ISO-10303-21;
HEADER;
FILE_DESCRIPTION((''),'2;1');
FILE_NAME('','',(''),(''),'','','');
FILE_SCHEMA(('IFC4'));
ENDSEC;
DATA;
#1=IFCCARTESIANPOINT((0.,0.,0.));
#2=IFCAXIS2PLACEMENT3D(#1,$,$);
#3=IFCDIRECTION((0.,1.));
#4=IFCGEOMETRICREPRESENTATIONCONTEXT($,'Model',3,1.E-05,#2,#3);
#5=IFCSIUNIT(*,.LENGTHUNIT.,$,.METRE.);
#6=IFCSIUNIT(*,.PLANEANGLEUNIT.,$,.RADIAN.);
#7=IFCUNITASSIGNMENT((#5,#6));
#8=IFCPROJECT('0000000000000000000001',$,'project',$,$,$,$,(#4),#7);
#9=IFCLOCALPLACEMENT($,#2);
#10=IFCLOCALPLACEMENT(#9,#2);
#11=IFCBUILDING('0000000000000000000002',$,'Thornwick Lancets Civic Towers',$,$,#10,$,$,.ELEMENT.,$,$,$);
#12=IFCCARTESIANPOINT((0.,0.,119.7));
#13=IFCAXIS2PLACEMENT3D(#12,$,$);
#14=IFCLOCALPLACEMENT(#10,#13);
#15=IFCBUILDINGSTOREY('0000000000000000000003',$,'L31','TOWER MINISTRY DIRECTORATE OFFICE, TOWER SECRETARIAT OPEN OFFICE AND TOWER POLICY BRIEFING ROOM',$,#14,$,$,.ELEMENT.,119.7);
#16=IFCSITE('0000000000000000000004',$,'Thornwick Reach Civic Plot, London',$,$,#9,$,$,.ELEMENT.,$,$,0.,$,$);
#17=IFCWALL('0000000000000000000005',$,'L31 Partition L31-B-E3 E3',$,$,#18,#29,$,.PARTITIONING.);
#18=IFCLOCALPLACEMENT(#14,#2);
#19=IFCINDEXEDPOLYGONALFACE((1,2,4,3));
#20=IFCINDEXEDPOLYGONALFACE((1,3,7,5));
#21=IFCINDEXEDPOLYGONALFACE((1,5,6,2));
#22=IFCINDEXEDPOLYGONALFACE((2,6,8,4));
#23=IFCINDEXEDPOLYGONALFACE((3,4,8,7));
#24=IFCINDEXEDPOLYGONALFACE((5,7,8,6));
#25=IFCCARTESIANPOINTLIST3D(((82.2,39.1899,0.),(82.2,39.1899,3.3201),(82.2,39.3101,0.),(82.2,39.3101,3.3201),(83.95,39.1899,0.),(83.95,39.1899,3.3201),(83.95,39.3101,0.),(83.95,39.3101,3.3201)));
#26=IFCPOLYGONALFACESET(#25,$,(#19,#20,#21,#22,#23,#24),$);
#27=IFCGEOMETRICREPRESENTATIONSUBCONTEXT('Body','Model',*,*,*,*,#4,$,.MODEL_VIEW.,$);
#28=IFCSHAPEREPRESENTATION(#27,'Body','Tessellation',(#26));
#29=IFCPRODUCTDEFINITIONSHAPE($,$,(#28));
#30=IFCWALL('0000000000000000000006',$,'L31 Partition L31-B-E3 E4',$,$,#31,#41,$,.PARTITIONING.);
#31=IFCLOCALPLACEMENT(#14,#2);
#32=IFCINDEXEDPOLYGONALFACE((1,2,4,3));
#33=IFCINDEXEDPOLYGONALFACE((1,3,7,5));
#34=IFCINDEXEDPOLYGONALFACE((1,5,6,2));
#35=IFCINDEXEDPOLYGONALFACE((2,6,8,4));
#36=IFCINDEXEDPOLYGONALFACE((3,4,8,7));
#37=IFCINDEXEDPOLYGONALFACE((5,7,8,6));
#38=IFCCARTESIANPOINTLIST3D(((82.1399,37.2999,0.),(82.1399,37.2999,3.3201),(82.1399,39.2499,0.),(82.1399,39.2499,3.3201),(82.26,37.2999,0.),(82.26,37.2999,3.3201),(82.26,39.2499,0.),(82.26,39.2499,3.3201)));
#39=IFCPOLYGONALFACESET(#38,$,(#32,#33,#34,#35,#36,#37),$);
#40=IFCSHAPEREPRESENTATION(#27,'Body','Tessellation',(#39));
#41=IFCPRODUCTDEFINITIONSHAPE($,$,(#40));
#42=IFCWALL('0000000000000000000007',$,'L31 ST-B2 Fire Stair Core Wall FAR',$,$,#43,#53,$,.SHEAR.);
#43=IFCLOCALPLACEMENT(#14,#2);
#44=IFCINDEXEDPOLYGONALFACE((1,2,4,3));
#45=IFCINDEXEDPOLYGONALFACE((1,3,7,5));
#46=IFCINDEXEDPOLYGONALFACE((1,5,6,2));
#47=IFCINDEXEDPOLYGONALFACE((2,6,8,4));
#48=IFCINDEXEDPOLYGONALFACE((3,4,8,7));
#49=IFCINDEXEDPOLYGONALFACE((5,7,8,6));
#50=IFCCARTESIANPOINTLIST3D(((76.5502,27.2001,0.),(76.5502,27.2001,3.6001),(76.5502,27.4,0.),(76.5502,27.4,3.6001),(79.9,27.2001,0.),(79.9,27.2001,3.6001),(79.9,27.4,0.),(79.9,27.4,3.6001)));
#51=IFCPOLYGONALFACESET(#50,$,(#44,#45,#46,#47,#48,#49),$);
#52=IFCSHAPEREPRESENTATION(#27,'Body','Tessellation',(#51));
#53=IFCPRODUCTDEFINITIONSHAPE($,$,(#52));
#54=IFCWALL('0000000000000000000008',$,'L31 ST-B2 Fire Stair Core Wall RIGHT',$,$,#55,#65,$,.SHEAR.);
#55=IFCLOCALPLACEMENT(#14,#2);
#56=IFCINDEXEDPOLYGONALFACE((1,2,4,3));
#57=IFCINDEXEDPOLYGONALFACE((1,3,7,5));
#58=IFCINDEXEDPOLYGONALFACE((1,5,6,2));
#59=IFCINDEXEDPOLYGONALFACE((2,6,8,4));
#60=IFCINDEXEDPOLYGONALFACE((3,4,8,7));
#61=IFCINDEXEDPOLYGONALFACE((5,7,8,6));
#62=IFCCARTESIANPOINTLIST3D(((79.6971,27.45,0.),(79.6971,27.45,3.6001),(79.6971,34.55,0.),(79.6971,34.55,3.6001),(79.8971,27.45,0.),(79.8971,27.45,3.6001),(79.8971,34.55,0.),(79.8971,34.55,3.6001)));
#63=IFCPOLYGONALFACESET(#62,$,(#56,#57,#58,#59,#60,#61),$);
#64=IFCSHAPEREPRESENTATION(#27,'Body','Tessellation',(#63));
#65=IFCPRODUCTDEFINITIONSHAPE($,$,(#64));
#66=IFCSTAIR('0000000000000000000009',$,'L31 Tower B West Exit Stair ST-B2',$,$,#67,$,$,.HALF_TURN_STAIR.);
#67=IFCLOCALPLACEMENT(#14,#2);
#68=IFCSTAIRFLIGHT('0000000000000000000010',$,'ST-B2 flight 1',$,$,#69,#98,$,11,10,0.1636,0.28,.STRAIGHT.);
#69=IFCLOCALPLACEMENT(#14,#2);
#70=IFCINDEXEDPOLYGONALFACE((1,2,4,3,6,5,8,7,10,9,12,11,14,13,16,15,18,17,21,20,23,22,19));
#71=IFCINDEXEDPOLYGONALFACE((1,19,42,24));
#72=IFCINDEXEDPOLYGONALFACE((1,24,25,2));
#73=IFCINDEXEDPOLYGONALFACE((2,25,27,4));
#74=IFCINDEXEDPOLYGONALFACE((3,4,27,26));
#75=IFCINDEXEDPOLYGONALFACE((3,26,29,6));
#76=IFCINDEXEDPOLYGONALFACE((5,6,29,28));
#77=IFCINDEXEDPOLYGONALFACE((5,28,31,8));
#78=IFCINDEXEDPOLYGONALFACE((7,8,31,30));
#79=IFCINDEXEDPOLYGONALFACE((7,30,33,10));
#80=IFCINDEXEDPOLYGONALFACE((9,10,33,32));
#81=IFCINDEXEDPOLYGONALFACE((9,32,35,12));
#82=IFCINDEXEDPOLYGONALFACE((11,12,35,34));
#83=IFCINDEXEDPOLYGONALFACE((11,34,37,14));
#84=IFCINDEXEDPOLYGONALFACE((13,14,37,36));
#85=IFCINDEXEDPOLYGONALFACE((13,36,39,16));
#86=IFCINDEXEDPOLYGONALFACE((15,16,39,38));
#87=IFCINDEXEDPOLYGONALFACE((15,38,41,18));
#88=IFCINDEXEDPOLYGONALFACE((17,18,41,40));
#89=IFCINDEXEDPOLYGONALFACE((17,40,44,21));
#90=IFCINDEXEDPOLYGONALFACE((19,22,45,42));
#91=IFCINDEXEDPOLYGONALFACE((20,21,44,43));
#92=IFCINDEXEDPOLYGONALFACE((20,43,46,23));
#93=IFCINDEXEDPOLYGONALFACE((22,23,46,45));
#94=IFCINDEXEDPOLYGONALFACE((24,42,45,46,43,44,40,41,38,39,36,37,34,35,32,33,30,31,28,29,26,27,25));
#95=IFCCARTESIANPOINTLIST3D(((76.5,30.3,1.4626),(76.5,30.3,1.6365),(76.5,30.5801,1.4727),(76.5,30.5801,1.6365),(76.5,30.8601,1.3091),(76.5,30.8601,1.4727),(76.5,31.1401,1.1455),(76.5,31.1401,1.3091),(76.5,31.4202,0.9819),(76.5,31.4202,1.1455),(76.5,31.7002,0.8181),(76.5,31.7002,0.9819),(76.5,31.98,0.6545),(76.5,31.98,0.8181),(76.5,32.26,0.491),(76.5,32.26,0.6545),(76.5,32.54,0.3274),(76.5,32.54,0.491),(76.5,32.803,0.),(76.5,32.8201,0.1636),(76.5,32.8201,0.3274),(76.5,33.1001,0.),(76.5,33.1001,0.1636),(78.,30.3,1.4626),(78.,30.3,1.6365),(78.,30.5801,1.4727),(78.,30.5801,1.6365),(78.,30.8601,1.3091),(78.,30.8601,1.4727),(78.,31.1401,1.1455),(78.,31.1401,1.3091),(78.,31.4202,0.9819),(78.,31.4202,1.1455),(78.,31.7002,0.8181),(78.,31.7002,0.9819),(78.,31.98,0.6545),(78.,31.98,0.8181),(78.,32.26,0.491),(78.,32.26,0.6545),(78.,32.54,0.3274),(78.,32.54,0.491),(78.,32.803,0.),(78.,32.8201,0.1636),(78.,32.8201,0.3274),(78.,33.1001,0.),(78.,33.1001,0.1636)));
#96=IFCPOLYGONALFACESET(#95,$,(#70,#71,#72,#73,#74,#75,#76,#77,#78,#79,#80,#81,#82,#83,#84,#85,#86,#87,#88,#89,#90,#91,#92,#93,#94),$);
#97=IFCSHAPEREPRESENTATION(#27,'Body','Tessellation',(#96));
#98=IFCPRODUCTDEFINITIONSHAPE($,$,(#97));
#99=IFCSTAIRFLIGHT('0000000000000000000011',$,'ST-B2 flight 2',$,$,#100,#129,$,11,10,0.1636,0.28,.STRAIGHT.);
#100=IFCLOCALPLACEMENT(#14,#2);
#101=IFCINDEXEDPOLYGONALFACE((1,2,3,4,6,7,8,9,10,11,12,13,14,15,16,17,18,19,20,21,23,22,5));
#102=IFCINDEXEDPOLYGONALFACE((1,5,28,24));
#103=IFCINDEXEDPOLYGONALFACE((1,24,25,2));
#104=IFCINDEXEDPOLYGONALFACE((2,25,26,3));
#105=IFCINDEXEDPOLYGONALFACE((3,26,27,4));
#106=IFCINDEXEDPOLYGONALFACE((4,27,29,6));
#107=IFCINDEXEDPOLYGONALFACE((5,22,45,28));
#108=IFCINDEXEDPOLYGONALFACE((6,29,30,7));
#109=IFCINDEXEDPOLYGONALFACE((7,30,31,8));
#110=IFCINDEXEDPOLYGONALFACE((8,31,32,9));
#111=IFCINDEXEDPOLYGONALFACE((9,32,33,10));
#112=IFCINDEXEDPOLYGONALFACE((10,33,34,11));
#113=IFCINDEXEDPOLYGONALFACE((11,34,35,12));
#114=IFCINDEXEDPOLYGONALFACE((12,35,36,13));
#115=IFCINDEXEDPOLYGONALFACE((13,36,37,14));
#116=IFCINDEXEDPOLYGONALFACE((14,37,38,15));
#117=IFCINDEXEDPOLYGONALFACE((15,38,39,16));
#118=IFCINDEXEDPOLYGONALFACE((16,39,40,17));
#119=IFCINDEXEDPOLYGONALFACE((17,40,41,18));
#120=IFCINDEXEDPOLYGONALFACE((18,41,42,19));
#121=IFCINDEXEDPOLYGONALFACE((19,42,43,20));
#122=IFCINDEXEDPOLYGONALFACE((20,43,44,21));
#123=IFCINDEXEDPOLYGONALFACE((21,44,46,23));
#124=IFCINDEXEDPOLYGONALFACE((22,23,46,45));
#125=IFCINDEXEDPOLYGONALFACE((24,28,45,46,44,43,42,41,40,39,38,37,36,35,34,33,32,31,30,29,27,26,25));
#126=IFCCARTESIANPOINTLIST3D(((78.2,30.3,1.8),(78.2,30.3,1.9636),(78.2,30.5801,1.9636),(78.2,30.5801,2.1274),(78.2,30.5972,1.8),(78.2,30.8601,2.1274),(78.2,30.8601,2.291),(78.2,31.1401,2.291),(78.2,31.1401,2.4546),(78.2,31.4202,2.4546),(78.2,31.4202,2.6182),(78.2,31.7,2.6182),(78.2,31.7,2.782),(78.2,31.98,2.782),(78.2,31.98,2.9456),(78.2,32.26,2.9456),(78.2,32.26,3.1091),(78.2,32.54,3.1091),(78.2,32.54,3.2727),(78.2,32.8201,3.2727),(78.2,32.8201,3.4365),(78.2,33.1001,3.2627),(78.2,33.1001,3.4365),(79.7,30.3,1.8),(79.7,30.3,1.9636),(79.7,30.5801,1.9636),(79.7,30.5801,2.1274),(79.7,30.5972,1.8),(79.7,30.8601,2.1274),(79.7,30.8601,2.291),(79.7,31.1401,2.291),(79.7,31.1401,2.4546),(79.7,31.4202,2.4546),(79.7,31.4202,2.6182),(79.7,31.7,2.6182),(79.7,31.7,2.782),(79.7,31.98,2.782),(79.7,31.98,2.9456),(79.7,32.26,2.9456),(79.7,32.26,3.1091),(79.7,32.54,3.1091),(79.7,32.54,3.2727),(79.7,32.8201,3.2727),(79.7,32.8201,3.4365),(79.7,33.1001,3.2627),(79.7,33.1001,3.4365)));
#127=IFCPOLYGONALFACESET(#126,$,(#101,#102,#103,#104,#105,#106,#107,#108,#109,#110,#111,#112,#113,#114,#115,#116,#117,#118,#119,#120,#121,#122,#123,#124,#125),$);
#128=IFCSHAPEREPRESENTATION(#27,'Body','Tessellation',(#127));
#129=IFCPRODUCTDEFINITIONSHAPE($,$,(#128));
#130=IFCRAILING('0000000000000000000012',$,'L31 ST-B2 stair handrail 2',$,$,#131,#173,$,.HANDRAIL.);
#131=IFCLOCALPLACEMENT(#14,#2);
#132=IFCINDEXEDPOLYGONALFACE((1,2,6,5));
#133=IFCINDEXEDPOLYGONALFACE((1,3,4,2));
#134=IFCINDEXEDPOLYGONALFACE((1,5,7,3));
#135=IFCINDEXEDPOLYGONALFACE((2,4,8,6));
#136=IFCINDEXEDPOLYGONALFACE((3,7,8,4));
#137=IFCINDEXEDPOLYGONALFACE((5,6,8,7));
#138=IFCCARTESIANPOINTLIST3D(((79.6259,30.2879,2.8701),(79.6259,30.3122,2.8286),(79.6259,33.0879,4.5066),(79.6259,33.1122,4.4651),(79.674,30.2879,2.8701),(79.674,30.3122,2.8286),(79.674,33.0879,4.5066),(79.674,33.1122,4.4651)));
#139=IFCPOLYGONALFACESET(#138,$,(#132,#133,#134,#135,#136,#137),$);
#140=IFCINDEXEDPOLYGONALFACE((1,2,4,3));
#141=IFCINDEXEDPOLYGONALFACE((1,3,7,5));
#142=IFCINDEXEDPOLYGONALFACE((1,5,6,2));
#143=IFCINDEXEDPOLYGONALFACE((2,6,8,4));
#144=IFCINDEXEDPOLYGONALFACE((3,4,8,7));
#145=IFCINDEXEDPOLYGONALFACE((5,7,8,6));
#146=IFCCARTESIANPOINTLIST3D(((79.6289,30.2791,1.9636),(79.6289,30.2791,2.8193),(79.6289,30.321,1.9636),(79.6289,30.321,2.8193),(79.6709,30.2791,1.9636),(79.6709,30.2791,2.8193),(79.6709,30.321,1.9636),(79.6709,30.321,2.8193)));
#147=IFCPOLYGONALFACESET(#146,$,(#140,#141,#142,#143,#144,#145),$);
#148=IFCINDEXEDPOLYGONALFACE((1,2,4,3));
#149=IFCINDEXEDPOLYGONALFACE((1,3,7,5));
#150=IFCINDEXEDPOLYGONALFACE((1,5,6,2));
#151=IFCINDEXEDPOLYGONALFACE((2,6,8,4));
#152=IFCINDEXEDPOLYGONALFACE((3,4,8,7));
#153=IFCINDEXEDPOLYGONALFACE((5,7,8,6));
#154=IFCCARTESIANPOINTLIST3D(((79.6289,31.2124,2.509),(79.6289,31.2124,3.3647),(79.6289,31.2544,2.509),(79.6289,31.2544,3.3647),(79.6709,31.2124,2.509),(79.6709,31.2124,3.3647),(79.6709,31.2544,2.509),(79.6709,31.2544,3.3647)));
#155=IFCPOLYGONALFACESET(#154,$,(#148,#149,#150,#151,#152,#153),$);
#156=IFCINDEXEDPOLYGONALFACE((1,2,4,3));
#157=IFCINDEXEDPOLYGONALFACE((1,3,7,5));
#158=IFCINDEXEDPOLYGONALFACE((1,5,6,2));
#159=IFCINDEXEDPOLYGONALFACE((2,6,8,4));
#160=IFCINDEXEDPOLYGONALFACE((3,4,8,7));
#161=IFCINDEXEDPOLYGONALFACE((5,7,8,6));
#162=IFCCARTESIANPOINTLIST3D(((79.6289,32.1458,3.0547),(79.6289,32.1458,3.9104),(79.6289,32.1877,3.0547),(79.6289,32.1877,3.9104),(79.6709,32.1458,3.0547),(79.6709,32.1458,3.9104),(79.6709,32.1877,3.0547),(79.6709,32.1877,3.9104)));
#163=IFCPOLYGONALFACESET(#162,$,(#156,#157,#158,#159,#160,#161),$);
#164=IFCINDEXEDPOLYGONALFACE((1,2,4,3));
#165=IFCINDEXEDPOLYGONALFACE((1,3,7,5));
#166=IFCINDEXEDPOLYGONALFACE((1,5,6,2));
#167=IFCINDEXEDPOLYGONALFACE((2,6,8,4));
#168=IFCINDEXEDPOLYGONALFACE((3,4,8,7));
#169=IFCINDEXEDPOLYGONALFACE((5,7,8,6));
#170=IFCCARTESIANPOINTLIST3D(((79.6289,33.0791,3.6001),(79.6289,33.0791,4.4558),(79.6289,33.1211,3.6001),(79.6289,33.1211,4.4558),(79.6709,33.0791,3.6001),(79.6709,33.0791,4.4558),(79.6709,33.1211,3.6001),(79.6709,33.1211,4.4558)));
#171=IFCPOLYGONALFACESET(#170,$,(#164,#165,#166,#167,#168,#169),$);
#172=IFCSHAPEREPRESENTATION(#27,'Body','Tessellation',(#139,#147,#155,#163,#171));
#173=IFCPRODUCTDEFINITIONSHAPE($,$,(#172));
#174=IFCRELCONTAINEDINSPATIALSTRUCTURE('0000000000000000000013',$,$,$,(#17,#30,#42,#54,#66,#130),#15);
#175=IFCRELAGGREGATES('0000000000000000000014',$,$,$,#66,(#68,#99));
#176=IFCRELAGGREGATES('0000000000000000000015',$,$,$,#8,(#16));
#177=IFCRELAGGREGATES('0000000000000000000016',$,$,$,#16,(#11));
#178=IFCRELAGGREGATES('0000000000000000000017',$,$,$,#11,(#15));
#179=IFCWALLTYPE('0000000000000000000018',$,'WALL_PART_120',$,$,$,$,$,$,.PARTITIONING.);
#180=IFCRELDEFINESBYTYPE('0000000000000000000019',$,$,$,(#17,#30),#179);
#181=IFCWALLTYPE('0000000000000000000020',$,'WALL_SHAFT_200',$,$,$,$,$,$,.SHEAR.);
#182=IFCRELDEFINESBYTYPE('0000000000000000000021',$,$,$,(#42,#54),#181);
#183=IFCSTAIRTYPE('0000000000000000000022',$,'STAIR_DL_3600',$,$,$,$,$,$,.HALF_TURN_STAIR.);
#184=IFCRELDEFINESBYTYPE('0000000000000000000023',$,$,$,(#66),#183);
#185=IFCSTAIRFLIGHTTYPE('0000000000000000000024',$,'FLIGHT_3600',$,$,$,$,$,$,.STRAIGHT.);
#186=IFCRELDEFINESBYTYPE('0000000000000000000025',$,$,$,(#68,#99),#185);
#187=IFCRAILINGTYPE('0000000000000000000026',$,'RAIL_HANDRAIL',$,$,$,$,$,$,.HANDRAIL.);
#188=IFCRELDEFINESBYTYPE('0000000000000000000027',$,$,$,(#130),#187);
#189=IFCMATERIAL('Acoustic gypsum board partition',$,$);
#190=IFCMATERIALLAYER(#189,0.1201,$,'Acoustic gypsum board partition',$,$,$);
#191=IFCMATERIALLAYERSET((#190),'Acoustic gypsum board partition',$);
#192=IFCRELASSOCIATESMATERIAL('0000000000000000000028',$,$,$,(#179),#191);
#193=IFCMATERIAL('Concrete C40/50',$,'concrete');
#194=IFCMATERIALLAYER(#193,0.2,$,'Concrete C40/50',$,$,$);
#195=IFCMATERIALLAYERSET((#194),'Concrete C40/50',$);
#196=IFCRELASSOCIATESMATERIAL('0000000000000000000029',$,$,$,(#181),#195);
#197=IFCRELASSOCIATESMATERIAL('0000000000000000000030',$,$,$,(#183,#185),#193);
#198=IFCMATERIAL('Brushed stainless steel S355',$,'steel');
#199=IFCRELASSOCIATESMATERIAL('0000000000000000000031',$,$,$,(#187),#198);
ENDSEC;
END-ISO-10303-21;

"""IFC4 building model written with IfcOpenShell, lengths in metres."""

from ifc_helpers import new_model, si_unit, direction, frame, frame_2d, origin, origin_2d, place, context, subcontext, project, spatial, polyline, rectangle, outline, extrude, material, layer, layer_set, type_object, element, aggregate, save


model = new_model("IFC4")

# Units and contexts
model_context = context("Model", 3, precision=1e-05, world=origin(), true_north=direction((0.0, 1.0)))
body_context = subcontext(model_context, "Body", "Model", "MODEL_VIEW")
ifc_project = project(units=[si_unit("LENGTHUNIT", "METRE"), si_unit("PLANEANGLEUNIT", "RADIAN")], contexts=[model_context])

# Site, building, storey
site_placement = place(None, origin())
site = spatial("IfcSite", under=ifc_project, at=site_placement, Name="Thornwick Reach Civic Plot, London", CompositionType="ELEMENT", RefElevation=0.0)
building_placement = place(site_placement, origin())
building = spatial("IfcBuilding", under=site, at=building_placement, Name="Thornwick Lancets Civic Towers", CompositionType="ELEMENT")
storey_placement = place(building_placement, frame((0.0, 0.0, 119.7)))
storey = spatial("IfcBuildingStorey", under=building, at=storey_placement, Name="L31", Description="TOWER MINISTRY DIRECTORATE OFFICE, TOWER SECRETARIAT OPEN OFFICE AND TOWER POLICY BRIEFING ROOM", CompositionType="ELEMENT", Elevation=119.7)

# Shared definitions
ifc_material_1 = material(Name="Acoustic gypsum board partition")
ifc_layer_1 = layer(ifc_material_1, 0.1201, Name="Acoustic gypsum board partition")
ifc_layer_set_1 = layer_set([ifc_layer_1], Name="Acoustic gypsum board partition")
wall_type_1 = type_object("IfcWallType", Name="WALL_PART_120", PredefinedType="PARTITIONING", material=ifc_layer_set_1)

# Walls
wall_1_placement = place(storey_placement, frame((83.95, 39.25, 0.0), z_axis=(0.0, 0.0, 1.0), x_axis=(-1.0, 0.0, 0.0)))
element("IfcWall", 1, at=wall_1_placement, inside=storey, type_object=wall_type_1, Name="L31 Partition L31-B-E3 E3", PredefinedType="PARTITIONING", context=body_context, shape_type="SweptSolid", body=[
    extrude(rectangle(XDim=1.75, YDim=0.1201, at=frame_2d((0.875, 0.0))), origin(), (0.0, 0.0, 1.0), 3.3201),
])
wall_2_placement = place(storey_placement, frame((82.2, 39.25, 0.0), z_axis=(0.0, 0.0, 1.0), x_axis=(0.0, -1.0, 0.0)))
element("IfcWall", 2, at=wall_2_placement, inside=storey, type_object=wall_type_1, Name="L31 Partition L31-B-E3 E4", PredefinedType="PARTITIONING", context=body_context, shape_type="SweptSolid", body=[
    extrude(rectangle(XDim=1.95, YDim=0.1201, at=frame_2d((0.9751, 0.0))), origin(), (0.0, 0.0, 1.0), 3.3201),
])
ifc_material_2 = material(Name="Concrete C40/50", Category="concrete")
ifc_layer_2 = layer(ifc_material_2, 0.2, Name="Concrete C40/50")
ifc_layer_set_2 = layer_set([ifc_layer_2], Name="Concrete C40/50")
wall_type_2 = type_object("IfcWallType", Name="WALL_SHAFT_200", PredefinedType="SHEAR", material=ifc_layer_set_2)
wall_3_placement = place(storey_placement, frame((79.8999, 27.3, 0.0), z_axis=(0.0, 0.0, 1.0), x_axis=(-1.0, 0.0, 0.0)))
element("IfcWall", 3, at=wall_3_placement, inside=storey, type_object=wall_type_2, Name="L31 ST-B2 Fire Stair Core Wall FAR", PredefinedType="SHEAR", context=body_context, shape_type="SweptSolid", body=[
    extrude(rectangle(XDim=3.3499, YDim=0.2, at=frame_2d((1.6748, 0.0))), origin(), (0.0, 0.0, 1.0), 3.6001),
])
wall_4_placement = place(storey_placement, frame((79.7971, 27.45, 0.0), z_axis=(0.0, 0.0, 1.0), x_axis=(0.0, 1.0, 0.0)))
element("IfcWall", 4, at=wall_4_placement, inside=storey, type_object=wall_type_2, Name="L31 ST-B2 Fire Stair Core Wall RIGHT", PredefinedType="SHEAR", context=body_context, shape_type="SweptSolid", body=[
    extrude(rectangle(XDim=7.1001, YDim=0.2, at=frame_2d((3.55, 0.0))), origin(), (0.0, 0.0, 1.0), 3.6001),
])

# Stair, stair flights
stair_type = type_object("IfcStairType", Name="STAIR_DL_3600", PredefinedType="HALF_TURN_STAIR", material=ifc_material_2)
stair_placement = place(storey_placement, origin())
stair = element("IfcStair", 5, at=stair_placement, inside=storey, type_object=stair_type, Name="L31 Tower B West Exit Stair ST-B2", PredefinedType="HALF_TURN_STAIR")
stair_flight_type = type_object("IfcStairFlightType", Name="FLIGHT_3600", PredefinedType="STRAIGHT", material=ifc_material_2)
stair_flight_1_placement = place(storey_placement, frame((77.25, 33.1001, 0.0), z_axis=(0.0, 0.0, 1.0), x_axis=(0.0, -1.0, 0.0)))
stair_flight_1 = element("IfcStairFlight", 6, at=stair_flight_1_placement, type_object=stair_flight_type, Name="ST-B2 flight 1", NumberOfRisers=11, NumberOfTreads=10, PredefinedType="STRAIGHT", RiserHeight=0.1636, TreadLength=0.28, context=body_context, shape_type="SweptSolid", body=[
    extrude(outline(polyline([(0.0, 0.0), (0.0, 0.1636), (0.28, 0.1636), (0.28, 0.3274), (0.5601, 0.3274), (0.5601, 0.491), (0.8401, 0.491), (0.8401, 0.6545), (1.1201, 0.6545), (1.1201, 0.8181), (1.3999, 0.8181), (1.3999, 0.9819), (1.6799, 0.9819), (1.6799, 1.1455), (1.96, 1.1455), (1.96, 1.3091), (2.24, 1.3091), (2.24, 1.4727), (2.52, 1.4727), (2.52, 1.6365), (2.8, 1.6365), (2.8, 1.8), (2.8, 1.4626), (0.2971, 0.0), (0.0, 0.0)])), frame((0.0, 0.75, 0.0), z_axis=(0.0, -1.0, 0.0), x_axis=(1.0, 0.0, 0.0)), (0.0, 0.0, 1.0), 1.5),
])
stair_flight_2_placement = place(storey_placement, frame((78.95, 30.3, 1.8), z_axis=(0.0, 0.0, 1.0), x_axis=(0.0, 1.0, 0.0)))
stair_flight_2 = element("IfcStairFlight", 7, at=stair_flight_2_placement, type_object=stair_flight_type, Name="ST-B2 flight 2", NumberOfRisers=11, NumberOfTreads=10, PredefinedType="STRAIGHT", RiserHeight=0.1636, TreadLength=0.28, context=body_context, shape_type="SweptSolid", body=[
    extrude(outline(polyline([(0.0, 0.0), (0.0, 0.1636), (0.28, 0.1636), (0.28, 0.3274), (0.5601, 0.3274), (0.5601, 0.491), (0.8401, 0.491), (0.8401, 0.6545), (1.1201, 0.6545), (1.1201, 0.8181), (1.3999, 0.8181), (1.3999, 0.9819), (1.6799, 0.9819), (1.6799, 1.1455), (1.96, 1.1455), (1.96, 1.3091), (2.24, 1.3091), (2.24, 1.4727), (2.52, 1.4727), (2.52, 1.6365), (2.8, 1.6365), (2.8, 1.8), (2.8, 1.4626), (0.2971, 0.0), (0.0, 0.0)])), frame((0.0, 0.75, 0.0), z_axis=(0.0, -1.0, 0.0), x_axis=(1.0, 0.0, 0.0)), (0.0, 0.0, 1.0), 1.5),
])
aggregate(stair, [stair_flight_1, stair_flight_2])

# Railing
ifc_material_3 = material(Name="Brushed stainless steel S355", Category="steel")
railing_type_1 = type_object("IfcRailingType", Name="RAIL_HANDRAIL", PredefinedType="HANDRAIL", material=ifc_material_3)
railing_1_placement = place(storey_placement, frame((79.6499, 30.3, 1.9636)))
element("IfcRailing", 8, at=railing_1_placement, inside=storey, type_object=railing_type_1, Name="L31 ST-B2 stair handrail 2", PredefinedType="HANDRAIL", context=body_context, shape_type="SweptSolid", body=[
    extrude(rectangle(XDim=0.0481, YDim=0.0481, at=origin_2d()), frame((0.0, 0.0, 0.8857), z_axis=(0.0, 0.863361, 0.504587), x_axis=(-1.0, 0.0, 0.0)), (0.0, 0.0, 1.0), 3.2432),
    extrude(rectangle(XDim=0.042, YDim=0.042, at=origin_2d()), origin(), (0.0, 0.0, 1.0), 0.8557),
    extrude(rectangle(XDim=0.042, YDim=0.042, at=origin_2d()), frame((0.0, 0.9333, 0.5454)), (0.0, 0.0, 1.0), 0.8557),
    extrude(rectangle(XDim=0.042, YDim=0.042, at=origin_2d()), frame((0.0, 1.8667, 1.0911)), (0.0, 0.0, 1.0), 0.8557),
    extrude(rectangle(XDim=0.042, YDim=0.042, at=origin_2d()), frame((0.0, 2.8, 1.6365)), (0.0, 0.0, 1.0), 0.8557),
])

save(model, "model.ifc")
